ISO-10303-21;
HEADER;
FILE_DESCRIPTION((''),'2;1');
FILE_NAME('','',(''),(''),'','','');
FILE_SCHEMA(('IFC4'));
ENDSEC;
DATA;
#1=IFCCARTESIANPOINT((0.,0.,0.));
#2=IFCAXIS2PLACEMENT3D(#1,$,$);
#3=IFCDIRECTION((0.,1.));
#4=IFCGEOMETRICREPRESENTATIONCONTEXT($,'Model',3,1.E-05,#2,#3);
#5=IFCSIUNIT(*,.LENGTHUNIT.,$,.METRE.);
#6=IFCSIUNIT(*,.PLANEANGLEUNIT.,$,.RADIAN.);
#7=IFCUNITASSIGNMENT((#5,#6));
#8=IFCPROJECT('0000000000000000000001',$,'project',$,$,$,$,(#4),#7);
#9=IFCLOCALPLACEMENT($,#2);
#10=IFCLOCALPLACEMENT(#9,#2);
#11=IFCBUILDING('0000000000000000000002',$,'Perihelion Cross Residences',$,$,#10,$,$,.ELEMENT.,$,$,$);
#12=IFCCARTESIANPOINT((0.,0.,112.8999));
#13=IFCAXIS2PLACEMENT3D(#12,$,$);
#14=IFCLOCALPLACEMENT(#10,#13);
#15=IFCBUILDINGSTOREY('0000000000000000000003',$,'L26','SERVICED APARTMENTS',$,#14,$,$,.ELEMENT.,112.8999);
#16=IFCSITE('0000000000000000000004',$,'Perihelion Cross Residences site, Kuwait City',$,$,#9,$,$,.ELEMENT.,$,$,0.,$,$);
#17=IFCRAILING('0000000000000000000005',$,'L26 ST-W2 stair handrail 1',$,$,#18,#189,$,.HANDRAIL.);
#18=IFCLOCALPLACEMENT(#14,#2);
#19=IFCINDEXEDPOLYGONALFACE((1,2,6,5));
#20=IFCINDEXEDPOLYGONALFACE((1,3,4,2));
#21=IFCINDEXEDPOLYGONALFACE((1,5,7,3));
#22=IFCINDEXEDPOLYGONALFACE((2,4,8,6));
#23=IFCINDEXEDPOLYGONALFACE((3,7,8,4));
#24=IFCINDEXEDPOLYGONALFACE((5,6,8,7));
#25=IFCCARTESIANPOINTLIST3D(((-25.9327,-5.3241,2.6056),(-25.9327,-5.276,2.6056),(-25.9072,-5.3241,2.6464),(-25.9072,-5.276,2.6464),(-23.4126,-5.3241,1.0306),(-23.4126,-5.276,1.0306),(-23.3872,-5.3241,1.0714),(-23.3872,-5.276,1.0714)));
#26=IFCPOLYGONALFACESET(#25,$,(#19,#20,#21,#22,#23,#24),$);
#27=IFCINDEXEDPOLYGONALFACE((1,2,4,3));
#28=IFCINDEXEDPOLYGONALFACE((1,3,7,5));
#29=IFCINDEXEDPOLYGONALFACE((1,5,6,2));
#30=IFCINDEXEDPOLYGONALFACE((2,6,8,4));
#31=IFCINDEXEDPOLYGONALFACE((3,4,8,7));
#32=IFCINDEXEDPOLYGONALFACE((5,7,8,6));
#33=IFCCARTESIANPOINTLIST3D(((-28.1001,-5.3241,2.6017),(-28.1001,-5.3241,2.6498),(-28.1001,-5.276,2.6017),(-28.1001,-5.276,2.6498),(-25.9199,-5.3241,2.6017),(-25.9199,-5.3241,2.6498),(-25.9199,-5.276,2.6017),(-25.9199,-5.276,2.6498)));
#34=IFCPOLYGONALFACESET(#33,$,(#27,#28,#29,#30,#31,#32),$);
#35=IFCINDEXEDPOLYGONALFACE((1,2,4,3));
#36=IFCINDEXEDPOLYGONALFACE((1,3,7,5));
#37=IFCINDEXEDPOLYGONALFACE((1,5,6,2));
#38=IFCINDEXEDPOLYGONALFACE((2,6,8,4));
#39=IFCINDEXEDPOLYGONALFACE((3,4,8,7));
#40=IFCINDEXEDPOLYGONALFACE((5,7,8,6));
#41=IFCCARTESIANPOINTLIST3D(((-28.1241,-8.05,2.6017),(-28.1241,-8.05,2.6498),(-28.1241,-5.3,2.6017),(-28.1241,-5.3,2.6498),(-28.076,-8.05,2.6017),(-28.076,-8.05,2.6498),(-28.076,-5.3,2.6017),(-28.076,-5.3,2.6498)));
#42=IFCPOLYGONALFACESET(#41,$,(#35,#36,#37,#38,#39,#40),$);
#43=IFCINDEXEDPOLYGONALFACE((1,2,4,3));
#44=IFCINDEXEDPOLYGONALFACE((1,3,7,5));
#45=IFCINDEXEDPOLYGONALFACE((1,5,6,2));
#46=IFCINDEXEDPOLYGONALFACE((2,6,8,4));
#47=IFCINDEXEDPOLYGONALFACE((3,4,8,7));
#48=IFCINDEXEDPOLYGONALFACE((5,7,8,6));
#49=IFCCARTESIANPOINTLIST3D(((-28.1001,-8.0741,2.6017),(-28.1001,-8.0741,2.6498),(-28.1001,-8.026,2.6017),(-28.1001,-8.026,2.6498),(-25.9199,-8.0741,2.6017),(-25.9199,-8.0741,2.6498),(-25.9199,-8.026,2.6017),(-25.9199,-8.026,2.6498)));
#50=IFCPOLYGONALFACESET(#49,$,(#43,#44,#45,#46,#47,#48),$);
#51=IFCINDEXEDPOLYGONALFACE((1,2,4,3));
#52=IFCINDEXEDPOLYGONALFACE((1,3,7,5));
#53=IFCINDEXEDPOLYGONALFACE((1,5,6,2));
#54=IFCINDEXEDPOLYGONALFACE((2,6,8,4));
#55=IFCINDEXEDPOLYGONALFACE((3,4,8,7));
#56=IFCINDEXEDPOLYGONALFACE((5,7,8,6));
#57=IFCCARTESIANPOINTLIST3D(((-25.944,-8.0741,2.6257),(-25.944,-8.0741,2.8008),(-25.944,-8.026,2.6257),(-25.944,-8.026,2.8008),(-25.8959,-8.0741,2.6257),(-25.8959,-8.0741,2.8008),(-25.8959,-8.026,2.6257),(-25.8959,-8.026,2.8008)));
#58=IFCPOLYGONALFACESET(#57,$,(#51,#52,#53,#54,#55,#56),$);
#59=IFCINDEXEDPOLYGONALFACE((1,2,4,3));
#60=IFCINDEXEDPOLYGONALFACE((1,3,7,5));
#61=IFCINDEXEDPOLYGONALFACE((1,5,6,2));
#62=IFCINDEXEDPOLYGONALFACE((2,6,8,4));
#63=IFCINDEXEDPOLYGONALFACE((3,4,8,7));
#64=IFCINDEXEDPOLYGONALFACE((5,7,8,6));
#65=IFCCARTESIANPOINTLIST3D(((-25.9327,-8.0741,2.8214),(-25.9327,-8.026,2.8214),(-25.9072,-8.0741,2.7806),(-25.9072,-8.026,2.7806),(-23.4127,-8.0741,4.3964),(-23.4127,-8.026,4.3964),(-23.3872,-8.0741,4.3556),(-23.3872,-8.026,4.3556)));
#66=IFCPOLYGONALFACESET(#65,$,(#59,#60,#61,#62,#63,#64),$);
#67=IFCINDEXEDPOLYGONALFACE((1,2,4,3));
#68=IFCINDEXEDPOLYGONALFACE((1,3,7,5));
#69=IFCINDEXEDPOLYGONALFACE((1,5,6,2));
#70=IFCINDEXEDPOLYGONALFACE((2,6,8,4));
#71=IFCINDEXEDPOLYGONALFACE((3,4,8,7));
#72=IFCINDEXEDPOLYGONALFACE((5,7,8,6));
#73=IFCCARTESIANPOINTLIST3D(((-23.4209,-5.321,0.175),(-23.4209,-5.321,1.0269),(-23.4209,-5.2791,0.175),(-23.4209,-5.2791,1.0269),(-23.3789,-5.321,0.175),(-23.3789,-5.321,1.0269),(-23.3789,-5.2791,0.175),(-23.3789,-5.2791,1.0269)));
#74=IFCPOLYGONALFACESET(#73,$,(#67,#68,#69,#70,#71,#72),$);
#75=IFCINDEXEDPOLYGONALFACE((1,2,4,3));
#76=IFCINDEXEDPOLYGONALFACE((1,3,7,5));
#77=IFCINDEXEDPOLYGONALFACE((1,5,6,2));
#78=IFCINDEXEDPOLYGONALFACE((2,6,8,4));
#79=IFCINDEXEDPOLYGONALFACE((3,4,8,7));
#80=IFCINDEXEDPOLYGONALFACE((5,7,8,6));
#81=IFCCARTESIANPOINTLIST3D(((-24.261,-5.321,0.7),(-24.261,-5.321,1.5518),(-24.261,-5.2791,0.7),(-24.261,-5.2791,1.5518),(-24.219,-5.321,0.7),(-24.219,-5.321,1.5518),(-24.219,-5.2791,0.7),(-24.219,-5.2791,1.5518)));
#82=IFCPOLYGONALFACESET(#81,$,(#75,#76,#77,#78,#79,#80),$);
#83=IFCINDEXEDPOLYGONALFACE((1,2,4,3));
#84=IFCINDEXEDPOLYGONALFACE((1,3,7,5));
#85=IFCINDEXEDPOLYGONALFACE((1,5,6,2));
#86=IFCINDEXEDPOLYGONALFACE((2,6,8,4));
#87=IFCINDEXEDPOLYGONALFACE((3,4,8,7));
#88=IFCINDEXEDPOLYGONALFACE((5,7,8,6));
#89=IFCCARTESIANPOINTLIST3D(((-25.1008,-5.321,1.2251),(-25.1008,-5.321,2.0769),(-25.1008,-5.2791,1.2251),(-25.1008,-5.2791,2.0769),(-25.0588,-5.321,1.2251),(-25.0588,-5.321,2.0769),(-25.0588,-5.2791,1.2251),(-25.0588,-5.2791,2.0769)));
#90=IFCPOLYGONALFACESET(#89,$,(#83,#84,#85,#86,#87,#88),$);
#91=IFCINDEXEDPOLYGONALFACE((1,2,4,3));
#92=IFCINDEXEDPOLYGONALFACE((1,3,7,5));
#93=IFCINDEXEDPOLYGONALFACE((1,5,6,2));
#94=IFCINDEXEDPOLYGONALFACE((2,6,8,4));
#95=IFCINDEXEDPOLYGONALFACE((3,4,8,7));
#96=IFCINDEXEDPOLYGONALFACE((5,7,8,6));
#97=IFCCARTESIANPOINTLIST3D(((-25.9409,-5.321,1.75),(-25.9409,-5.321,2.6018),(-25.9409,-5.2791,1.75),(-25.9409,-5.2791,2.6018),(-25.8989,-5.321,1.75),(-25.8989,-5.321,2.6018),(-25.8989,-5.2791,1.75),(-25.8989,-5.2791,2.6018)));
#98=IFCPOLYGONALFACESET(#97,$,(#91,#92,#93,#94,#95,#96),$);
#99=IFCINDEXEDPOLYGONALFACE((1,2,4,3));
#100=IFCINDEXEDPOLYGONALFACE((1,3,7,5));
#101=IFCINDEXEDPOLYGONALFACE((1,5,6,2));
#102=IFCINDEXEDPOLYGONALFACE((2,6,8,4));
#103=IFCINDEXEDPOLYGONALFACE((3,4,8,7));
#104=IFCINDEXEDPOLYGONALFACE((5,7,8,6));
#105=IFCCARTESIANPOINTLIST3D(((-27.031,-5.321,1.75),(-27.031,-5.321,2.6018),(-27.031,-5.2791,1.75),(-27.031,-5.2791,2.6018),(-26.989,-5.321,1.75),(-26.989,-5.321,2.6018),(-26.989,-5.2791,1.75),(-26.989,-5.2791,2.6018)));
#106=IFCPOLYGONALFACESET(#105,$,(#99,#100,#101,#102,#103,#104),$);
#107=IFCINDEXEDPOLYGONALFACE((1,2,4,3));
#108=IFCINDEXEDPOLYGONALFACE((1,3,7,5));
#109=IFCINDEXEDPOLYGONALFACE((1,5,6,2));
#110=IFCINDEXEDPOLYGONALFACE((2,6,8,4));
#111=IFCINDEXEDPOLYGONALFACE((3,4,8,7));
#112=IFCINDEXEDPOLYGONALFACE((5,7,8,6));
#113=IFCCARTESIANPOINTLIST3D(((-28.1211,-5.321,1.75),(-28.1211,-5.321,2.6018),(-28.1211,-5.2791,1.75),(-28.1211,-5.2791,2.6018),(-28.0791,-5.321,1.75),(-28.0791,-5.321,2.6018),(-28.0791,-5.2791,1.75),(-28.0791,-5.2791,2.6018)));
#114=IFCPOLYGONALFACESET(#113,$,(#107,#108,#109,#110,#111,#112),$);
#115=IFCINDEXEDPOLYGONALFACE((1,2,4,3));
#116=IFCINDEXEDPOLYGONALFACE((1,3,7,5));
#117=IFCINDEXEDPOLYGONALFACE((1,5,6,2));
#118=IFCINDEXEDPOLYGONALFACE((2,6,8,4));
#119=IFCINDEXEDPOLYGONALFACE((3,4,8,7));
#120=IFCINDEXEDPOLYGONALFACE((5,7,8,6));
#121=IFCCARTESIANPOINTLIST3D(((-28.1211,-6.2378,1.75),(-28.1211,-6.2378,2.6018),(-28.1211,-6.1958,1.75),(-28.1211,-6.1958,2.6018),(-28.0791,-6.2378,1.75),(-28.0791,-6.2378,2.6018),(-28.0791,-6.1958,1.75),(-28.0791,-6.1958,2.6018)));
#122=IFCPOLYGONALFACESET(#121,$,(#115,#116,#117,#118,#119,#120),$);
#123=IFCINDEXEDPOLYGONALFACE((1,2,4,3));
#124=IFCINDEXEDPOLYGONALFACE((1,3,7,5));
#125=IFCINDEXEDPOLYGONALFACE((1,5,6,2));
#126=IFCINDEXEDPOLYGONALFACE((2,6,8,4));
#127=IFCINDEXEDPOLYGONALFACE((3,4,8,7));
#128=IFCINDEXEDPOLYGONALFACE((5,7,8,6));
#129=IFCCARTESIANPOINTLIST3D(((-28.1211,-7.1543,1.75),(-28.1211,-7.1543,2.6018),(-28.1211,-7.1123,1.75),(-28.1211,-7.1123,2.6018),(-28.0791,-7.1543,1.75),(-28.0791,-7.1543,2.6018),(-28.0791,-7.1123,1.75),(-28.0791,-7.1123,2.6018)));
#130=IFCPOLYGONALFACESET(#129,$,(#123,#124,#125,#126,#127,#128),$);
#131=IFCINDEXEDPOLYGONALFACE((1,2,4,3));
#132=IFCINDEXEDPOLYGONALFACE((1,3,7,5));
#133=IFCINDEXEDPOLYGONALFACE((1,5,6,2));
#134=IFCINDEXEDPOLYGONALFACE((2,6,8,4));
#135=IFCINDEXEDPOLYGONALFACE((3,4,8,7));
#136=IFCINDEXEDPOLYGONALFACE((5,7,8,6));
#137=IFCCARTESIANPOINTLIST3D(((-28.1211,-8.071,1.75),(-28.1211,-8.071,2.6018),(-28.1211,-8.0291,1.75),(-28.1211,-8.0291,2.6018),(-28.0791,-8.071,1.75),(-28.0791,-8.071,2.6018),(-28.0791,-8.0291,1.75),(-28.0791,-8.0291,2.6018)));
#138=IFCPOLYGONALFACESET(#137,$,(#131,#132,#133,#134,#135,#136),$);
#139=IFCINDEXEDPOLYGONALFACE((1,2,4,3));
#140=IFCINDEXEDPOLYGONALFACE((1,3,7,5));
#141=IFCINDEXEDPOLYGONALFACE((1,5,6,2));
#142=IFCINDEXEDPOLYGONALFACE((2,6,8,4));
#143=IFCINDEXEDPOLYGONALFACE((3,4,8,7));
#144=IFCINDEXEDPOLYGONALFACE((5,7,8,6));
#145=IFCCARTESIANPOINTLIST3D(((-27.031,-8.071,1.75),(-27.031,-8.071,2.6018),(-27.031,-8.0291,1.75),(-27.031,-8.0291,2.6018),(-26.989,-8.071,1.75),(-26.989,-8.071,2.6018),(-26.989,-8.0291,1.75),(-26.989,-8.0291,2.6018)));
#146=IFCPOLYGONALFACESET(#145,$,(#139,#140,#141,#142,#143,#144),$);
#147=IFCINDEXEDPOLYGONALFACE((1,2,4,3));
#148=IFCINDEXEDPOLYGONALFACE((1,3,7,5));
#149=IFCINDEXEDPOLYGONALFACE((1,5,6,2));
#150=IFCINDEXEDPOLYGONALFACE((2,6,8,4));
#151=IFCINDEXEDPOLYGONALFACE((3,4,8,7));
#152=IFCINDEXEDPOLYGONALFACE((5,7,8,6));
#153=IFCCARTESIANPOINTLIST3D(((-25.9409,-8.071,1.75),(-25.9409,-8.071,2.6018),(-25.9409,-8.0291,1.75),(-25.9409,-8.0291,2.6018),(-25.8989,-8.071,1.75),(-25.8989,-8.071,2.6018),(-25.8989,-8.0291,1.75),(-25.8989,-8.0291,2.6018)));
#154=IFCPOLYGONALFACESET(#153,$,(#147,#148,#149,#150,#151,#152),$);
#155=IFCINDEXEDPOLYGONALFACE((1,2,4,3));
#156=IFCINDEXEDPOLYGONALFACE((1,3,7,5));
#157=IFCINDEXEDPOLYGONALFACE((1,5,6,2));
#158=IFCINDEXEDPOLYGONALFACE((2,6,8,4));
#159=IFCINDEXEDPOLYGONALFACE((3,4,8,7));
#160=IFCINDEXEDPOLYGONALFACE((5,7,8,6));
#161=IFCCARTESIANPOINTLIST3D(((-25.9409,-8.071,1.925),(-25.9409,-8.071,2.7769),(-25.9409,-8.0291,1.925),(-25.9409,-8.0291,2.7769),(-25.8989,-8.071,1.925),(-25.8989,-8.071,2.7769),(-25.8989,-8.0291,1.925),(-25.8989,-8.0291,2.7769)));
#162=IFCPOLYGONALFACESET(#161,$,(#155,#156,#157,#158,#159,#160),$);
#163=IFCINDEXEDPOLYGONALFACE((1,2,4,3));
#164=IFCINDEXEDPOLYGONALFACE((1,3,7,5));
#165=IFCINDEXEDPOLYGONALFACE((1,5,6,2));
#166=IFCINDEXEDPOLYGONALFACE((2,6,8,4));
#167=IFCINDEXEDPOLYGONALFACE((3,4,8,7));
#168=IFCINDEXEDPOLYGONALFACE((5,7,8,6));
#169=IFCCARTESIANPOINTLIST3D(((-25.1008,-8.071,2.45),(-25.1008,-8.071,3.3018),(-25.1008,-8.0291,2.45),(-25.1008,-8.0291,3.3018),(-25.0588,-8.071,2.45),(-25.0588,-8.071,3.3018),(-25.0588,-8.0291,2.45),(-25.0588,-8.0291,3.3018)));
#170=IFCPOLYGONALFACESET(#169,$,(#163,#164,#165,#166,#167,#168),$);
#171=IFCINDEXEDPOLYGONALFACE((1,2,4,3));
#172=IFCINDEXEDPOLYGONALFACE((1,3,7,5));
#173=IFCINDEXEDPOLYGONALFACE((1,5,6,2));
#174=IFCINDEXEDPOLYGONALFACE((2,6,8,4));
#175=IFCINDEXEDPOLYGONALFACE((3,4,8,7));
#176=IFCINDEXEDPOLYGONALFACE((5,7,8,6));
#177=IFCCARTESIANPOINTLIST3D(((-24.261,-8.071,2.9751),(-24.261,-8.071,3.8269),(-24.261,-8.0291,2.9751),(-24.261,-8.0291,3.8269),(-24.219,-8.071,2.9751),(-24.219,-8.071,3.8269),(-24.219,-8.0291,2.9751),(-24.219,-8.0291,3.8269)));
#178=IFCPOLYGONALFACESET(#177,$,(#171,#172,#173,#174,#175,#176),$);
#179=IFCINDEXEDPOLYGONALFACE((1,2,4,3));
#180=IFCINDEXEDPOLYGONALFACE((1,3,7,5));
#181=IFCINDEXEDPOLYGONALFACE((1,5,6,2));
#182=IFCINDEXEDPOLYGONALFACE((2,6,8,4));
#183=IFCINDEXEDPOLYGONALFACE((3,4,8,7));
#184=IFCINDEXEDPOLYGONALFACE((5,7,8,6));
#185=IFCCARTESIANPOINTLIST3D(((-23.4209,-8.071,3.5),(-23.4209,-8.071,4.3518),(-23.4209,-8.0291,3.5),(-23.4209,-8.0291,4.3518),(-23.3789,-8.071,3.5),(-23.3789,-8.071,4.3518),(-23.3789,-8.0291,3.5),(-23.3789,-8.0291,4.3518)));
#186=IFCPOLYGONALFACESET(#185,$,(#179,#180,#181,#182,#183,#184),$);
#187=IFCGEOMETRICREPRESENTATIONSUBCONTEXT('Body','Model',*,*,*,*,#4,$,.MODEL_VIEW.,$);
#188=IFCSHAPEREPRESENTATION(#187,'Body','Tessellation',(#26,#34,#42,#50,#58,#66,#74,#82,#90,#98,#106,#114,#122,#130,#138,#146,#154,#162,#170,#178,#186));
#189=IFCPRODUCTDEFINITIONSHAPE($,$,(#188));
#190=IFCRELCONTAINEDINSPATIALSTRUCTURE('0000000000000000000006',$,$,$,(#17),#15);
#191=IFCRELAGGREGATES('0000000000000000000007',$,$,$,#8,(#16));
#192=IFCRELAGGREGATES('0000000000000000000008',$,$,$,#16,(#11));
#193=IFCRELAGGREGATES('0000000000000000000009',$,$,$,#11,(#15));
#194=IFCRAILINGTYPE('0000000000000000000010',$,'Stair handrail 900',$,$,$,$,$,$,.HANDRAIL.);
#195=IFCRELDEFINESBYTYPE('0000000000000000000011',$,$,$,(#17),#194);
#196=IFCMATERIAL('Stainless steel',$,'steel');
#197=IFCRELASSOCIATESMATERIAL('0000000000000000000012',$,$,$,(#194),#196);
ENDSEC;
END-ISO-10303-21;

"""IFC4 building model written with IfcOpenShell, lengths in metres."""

from ifc_helpers import new_model, si_unit, direction, frame, origin, origin_2d, place, context, subcontext, project, spatial, rectangle, extrude, material, type_object, element, save


model = new_model("IFC4")

# Units and contexts
model_context = context("Model", 3, precision=1e-05, world=origin(), true_north=direction((0.0, 1.0)))
body_context = subcontext(model_context, "Body", "Model", "MODEL_VIEW")
ifc_project = project(units=[si_unit("LENGTHUNIT", "METRE"), si_unit("PLANEANGLEUNIT", "RADIAN")], contexts=[model_context])

# Site, building, storey
site_placement = place(None, origin())
site = spatial("IfcSite", under=ifc_project, at=site_placement, Name="Perihelion Cross Residences site, Kuwait City", CompositionType="ELEMENT", RefElevation=0.0)
building_placement = place(site_placement, origin())
building = spatial("IfcBuilding", under=site, at=building_placement, Name="Perihelion Cross Residences", CompositionType="ELEMENT")
storey_placement = place(building_placement, frame((0.0, 0.0, 112.8999)))
storey = spatial("IfcBuildingStorey", under=building, at=storey_placement, Name="L26", Description="SERVICED APARTMENTS", CompositionType="ELEMENT", Elevation=112.8999)

# Railing
ifc_material_1 = material(Name="Stainless steel", Category="steel")
railing_type_1 = type_object("IfcRailingType", Name="Stair handrail 900", PredefinedType="HANDRAIL", material=ifc_material_1)
railing_1_placement = place(storey_placement, frame((-23.3999, -5.3, 0.175)))
element("IfcRailing", 1, at=railing_1_placement, inside=storey, type_object=railing_type_1, Name="L26 ST-W2 stair handrail 1", PredefinedType="HANDRAIL", context=body_context, shape_type="SweptSolid", body=[
    extrude(rectangle(XDim=0.0481, YDim=0.0481, at=origin_2d()), frame((0.0, 0.0, 0.876), z_axis=(-0.848008, 0.0, 0.529984), x_axis=(0.0, -1.0, 0.0)), (0.0, 0.0, 1.0), 2.9717),
    extrude(rectangle(XDim=0.0481, YDim=0.0481, at=origin_2d()), frame((-2.52, 0.0, 2.4507), z_axis=(-1.0, 0.0, 0.0), x_axis=(0.0, -1.0, 0.0)), (0.0, 0.0, 1.0), 2.1802),
    extrude(rectangle(XDim=0.0481, YDim=0.0481, at=origin_2d()), frame((-4.7002, 0.0, 2.4507), z_axis=(0.0, -1.0, 0.0), x_axis=(1.0, 0.0, 0.0)), (0.0, 0.0, 1.0), 2.75),
    extrude(rectangle(XDim=0.0481, YDim=0.0481, at=origin_2d()), frame((-4.7002, -2.75, 2.4507), z_axis=(1.0, 0.0, 0.0), x_axis=(0.0, 1.0, 0.0)), (0.0, 0.0, 1.0), 2.1802),
    extrude(rectangle(XDim=0.0481, YDim=0.0481, at=origin_2d()), frame((-2.52, -2.75, 2.4507), z_axis=(0.0, 0.0, 1.0), x_axis=(1.0, 0.0, 0.0)), (0.0, 0.0, 1.0), 0.175),
    extrude(rectangle(XDim=0.0481, YDim=0.0481, at=origin_2d()), frame((-2.52, -2.75, 2.626), z_axis=(0.848008, 0.0, 0.529984), x_axis=(0.0, 1.0, 0.0)), (0.0, 0.0, 1.0), 2.9717),
    extrude(rectangle(XDim=0.042, YDim=0.042, at=origin_2d()), origin(), (0.0, 0.0, 1.0), 0.8518),
    extrude(rectangle(XDim=0.042, YDim=0.042, at=origin_2d()), frame((-0.8401, 0.0, 0.5249)), (0.0, 0.0, 1.0), 0.8518),
    extrude(rectangle(XDim=0.042, YDim=0.042, at=origin_2d()), frame((-1.6799, 0.0, 1.05)), (0.0, 0.0, 1.0), 0.8518),
    extrude(rectangle(XDim=0.042, YDim=0.042, at=origin_2d()), frame((-2.52, 0.0, 1.575)), (0.0, 0.0, 1.0), 0.8518),
    extrude(rectangle(XDim=0.042, YDim=0.042, at=origin_2d()), frame((-3.6101, 0.0, 1.575)), (0.0, 0.0, 1.0), 0.8518),
    extrude(rectangle(XDim=0.042, YDim=0.042, at=origin_2d()), frame((-4.7002, 0.0, 1.575)), (0.0, 0.0, 1.0), 0.8518),
    extrude(rectangle(XDim=0.042, YDim=0.042, at=origin_2d()), frame((-4.7002, -0.9167, 1.575)), (0.0, 0.0, 1.0), 0.8518),
    extrude(rectangle(XDim=0.042, YDim=0.042, at=origin_2d()), frame((-4.7002, -1.8333, 1.575)), (0.0, 0.0, 1.0), 0.8518),
    extrude(rectangle(XDim=0.042, YDim=0.042, at=origin_2d()), frame((-4.7002, -2.75, 1.575)), (0.0, 0.0, 1.0), 0.8518),
    extrude(rectangle(XDim=0.042, YDim=0.042, at=origin_2d()), frame((-3.6101, -2.75, 1.575)), (0.0, 0.0, 1.0), 0.8518),
    extrude(rectangle(XDim=0.042, YDim=0.042, at=origin_2d()), frame((-2.52, -2.75, 1.575)), (0.0, 0.0, 1.0), 0.8518),
    extrude(rectangle(XDim=0.042, YDim=0.042, at=origin_2d()), frame((-2.52, -2.75, 1.75)), (0.0, 0.0, 1.0), 0.8518),
    extrude(rectangle(XDim=0.042, YDim=0.042, at=origin_2d()), frame((-1.6799, -2.75, 2.2749)), (0.0, 0.0, 1.0), 0.8518),
    extrude(rectangle(XDim=0.042, YDim=0.042, at=origin_2d()), frame((-0.8401, -2.75, 2.8)), (0.0, 0.0, 1.0), 0.8518),
    extrude(rectangle(XDim=0.042, YDim=0.042, at=origin_2d()), frame((0.0, -2.75, 3.325)), (0.0, 0.0, 1.0), 0.8518),
])

save(model, "model.ifc")
